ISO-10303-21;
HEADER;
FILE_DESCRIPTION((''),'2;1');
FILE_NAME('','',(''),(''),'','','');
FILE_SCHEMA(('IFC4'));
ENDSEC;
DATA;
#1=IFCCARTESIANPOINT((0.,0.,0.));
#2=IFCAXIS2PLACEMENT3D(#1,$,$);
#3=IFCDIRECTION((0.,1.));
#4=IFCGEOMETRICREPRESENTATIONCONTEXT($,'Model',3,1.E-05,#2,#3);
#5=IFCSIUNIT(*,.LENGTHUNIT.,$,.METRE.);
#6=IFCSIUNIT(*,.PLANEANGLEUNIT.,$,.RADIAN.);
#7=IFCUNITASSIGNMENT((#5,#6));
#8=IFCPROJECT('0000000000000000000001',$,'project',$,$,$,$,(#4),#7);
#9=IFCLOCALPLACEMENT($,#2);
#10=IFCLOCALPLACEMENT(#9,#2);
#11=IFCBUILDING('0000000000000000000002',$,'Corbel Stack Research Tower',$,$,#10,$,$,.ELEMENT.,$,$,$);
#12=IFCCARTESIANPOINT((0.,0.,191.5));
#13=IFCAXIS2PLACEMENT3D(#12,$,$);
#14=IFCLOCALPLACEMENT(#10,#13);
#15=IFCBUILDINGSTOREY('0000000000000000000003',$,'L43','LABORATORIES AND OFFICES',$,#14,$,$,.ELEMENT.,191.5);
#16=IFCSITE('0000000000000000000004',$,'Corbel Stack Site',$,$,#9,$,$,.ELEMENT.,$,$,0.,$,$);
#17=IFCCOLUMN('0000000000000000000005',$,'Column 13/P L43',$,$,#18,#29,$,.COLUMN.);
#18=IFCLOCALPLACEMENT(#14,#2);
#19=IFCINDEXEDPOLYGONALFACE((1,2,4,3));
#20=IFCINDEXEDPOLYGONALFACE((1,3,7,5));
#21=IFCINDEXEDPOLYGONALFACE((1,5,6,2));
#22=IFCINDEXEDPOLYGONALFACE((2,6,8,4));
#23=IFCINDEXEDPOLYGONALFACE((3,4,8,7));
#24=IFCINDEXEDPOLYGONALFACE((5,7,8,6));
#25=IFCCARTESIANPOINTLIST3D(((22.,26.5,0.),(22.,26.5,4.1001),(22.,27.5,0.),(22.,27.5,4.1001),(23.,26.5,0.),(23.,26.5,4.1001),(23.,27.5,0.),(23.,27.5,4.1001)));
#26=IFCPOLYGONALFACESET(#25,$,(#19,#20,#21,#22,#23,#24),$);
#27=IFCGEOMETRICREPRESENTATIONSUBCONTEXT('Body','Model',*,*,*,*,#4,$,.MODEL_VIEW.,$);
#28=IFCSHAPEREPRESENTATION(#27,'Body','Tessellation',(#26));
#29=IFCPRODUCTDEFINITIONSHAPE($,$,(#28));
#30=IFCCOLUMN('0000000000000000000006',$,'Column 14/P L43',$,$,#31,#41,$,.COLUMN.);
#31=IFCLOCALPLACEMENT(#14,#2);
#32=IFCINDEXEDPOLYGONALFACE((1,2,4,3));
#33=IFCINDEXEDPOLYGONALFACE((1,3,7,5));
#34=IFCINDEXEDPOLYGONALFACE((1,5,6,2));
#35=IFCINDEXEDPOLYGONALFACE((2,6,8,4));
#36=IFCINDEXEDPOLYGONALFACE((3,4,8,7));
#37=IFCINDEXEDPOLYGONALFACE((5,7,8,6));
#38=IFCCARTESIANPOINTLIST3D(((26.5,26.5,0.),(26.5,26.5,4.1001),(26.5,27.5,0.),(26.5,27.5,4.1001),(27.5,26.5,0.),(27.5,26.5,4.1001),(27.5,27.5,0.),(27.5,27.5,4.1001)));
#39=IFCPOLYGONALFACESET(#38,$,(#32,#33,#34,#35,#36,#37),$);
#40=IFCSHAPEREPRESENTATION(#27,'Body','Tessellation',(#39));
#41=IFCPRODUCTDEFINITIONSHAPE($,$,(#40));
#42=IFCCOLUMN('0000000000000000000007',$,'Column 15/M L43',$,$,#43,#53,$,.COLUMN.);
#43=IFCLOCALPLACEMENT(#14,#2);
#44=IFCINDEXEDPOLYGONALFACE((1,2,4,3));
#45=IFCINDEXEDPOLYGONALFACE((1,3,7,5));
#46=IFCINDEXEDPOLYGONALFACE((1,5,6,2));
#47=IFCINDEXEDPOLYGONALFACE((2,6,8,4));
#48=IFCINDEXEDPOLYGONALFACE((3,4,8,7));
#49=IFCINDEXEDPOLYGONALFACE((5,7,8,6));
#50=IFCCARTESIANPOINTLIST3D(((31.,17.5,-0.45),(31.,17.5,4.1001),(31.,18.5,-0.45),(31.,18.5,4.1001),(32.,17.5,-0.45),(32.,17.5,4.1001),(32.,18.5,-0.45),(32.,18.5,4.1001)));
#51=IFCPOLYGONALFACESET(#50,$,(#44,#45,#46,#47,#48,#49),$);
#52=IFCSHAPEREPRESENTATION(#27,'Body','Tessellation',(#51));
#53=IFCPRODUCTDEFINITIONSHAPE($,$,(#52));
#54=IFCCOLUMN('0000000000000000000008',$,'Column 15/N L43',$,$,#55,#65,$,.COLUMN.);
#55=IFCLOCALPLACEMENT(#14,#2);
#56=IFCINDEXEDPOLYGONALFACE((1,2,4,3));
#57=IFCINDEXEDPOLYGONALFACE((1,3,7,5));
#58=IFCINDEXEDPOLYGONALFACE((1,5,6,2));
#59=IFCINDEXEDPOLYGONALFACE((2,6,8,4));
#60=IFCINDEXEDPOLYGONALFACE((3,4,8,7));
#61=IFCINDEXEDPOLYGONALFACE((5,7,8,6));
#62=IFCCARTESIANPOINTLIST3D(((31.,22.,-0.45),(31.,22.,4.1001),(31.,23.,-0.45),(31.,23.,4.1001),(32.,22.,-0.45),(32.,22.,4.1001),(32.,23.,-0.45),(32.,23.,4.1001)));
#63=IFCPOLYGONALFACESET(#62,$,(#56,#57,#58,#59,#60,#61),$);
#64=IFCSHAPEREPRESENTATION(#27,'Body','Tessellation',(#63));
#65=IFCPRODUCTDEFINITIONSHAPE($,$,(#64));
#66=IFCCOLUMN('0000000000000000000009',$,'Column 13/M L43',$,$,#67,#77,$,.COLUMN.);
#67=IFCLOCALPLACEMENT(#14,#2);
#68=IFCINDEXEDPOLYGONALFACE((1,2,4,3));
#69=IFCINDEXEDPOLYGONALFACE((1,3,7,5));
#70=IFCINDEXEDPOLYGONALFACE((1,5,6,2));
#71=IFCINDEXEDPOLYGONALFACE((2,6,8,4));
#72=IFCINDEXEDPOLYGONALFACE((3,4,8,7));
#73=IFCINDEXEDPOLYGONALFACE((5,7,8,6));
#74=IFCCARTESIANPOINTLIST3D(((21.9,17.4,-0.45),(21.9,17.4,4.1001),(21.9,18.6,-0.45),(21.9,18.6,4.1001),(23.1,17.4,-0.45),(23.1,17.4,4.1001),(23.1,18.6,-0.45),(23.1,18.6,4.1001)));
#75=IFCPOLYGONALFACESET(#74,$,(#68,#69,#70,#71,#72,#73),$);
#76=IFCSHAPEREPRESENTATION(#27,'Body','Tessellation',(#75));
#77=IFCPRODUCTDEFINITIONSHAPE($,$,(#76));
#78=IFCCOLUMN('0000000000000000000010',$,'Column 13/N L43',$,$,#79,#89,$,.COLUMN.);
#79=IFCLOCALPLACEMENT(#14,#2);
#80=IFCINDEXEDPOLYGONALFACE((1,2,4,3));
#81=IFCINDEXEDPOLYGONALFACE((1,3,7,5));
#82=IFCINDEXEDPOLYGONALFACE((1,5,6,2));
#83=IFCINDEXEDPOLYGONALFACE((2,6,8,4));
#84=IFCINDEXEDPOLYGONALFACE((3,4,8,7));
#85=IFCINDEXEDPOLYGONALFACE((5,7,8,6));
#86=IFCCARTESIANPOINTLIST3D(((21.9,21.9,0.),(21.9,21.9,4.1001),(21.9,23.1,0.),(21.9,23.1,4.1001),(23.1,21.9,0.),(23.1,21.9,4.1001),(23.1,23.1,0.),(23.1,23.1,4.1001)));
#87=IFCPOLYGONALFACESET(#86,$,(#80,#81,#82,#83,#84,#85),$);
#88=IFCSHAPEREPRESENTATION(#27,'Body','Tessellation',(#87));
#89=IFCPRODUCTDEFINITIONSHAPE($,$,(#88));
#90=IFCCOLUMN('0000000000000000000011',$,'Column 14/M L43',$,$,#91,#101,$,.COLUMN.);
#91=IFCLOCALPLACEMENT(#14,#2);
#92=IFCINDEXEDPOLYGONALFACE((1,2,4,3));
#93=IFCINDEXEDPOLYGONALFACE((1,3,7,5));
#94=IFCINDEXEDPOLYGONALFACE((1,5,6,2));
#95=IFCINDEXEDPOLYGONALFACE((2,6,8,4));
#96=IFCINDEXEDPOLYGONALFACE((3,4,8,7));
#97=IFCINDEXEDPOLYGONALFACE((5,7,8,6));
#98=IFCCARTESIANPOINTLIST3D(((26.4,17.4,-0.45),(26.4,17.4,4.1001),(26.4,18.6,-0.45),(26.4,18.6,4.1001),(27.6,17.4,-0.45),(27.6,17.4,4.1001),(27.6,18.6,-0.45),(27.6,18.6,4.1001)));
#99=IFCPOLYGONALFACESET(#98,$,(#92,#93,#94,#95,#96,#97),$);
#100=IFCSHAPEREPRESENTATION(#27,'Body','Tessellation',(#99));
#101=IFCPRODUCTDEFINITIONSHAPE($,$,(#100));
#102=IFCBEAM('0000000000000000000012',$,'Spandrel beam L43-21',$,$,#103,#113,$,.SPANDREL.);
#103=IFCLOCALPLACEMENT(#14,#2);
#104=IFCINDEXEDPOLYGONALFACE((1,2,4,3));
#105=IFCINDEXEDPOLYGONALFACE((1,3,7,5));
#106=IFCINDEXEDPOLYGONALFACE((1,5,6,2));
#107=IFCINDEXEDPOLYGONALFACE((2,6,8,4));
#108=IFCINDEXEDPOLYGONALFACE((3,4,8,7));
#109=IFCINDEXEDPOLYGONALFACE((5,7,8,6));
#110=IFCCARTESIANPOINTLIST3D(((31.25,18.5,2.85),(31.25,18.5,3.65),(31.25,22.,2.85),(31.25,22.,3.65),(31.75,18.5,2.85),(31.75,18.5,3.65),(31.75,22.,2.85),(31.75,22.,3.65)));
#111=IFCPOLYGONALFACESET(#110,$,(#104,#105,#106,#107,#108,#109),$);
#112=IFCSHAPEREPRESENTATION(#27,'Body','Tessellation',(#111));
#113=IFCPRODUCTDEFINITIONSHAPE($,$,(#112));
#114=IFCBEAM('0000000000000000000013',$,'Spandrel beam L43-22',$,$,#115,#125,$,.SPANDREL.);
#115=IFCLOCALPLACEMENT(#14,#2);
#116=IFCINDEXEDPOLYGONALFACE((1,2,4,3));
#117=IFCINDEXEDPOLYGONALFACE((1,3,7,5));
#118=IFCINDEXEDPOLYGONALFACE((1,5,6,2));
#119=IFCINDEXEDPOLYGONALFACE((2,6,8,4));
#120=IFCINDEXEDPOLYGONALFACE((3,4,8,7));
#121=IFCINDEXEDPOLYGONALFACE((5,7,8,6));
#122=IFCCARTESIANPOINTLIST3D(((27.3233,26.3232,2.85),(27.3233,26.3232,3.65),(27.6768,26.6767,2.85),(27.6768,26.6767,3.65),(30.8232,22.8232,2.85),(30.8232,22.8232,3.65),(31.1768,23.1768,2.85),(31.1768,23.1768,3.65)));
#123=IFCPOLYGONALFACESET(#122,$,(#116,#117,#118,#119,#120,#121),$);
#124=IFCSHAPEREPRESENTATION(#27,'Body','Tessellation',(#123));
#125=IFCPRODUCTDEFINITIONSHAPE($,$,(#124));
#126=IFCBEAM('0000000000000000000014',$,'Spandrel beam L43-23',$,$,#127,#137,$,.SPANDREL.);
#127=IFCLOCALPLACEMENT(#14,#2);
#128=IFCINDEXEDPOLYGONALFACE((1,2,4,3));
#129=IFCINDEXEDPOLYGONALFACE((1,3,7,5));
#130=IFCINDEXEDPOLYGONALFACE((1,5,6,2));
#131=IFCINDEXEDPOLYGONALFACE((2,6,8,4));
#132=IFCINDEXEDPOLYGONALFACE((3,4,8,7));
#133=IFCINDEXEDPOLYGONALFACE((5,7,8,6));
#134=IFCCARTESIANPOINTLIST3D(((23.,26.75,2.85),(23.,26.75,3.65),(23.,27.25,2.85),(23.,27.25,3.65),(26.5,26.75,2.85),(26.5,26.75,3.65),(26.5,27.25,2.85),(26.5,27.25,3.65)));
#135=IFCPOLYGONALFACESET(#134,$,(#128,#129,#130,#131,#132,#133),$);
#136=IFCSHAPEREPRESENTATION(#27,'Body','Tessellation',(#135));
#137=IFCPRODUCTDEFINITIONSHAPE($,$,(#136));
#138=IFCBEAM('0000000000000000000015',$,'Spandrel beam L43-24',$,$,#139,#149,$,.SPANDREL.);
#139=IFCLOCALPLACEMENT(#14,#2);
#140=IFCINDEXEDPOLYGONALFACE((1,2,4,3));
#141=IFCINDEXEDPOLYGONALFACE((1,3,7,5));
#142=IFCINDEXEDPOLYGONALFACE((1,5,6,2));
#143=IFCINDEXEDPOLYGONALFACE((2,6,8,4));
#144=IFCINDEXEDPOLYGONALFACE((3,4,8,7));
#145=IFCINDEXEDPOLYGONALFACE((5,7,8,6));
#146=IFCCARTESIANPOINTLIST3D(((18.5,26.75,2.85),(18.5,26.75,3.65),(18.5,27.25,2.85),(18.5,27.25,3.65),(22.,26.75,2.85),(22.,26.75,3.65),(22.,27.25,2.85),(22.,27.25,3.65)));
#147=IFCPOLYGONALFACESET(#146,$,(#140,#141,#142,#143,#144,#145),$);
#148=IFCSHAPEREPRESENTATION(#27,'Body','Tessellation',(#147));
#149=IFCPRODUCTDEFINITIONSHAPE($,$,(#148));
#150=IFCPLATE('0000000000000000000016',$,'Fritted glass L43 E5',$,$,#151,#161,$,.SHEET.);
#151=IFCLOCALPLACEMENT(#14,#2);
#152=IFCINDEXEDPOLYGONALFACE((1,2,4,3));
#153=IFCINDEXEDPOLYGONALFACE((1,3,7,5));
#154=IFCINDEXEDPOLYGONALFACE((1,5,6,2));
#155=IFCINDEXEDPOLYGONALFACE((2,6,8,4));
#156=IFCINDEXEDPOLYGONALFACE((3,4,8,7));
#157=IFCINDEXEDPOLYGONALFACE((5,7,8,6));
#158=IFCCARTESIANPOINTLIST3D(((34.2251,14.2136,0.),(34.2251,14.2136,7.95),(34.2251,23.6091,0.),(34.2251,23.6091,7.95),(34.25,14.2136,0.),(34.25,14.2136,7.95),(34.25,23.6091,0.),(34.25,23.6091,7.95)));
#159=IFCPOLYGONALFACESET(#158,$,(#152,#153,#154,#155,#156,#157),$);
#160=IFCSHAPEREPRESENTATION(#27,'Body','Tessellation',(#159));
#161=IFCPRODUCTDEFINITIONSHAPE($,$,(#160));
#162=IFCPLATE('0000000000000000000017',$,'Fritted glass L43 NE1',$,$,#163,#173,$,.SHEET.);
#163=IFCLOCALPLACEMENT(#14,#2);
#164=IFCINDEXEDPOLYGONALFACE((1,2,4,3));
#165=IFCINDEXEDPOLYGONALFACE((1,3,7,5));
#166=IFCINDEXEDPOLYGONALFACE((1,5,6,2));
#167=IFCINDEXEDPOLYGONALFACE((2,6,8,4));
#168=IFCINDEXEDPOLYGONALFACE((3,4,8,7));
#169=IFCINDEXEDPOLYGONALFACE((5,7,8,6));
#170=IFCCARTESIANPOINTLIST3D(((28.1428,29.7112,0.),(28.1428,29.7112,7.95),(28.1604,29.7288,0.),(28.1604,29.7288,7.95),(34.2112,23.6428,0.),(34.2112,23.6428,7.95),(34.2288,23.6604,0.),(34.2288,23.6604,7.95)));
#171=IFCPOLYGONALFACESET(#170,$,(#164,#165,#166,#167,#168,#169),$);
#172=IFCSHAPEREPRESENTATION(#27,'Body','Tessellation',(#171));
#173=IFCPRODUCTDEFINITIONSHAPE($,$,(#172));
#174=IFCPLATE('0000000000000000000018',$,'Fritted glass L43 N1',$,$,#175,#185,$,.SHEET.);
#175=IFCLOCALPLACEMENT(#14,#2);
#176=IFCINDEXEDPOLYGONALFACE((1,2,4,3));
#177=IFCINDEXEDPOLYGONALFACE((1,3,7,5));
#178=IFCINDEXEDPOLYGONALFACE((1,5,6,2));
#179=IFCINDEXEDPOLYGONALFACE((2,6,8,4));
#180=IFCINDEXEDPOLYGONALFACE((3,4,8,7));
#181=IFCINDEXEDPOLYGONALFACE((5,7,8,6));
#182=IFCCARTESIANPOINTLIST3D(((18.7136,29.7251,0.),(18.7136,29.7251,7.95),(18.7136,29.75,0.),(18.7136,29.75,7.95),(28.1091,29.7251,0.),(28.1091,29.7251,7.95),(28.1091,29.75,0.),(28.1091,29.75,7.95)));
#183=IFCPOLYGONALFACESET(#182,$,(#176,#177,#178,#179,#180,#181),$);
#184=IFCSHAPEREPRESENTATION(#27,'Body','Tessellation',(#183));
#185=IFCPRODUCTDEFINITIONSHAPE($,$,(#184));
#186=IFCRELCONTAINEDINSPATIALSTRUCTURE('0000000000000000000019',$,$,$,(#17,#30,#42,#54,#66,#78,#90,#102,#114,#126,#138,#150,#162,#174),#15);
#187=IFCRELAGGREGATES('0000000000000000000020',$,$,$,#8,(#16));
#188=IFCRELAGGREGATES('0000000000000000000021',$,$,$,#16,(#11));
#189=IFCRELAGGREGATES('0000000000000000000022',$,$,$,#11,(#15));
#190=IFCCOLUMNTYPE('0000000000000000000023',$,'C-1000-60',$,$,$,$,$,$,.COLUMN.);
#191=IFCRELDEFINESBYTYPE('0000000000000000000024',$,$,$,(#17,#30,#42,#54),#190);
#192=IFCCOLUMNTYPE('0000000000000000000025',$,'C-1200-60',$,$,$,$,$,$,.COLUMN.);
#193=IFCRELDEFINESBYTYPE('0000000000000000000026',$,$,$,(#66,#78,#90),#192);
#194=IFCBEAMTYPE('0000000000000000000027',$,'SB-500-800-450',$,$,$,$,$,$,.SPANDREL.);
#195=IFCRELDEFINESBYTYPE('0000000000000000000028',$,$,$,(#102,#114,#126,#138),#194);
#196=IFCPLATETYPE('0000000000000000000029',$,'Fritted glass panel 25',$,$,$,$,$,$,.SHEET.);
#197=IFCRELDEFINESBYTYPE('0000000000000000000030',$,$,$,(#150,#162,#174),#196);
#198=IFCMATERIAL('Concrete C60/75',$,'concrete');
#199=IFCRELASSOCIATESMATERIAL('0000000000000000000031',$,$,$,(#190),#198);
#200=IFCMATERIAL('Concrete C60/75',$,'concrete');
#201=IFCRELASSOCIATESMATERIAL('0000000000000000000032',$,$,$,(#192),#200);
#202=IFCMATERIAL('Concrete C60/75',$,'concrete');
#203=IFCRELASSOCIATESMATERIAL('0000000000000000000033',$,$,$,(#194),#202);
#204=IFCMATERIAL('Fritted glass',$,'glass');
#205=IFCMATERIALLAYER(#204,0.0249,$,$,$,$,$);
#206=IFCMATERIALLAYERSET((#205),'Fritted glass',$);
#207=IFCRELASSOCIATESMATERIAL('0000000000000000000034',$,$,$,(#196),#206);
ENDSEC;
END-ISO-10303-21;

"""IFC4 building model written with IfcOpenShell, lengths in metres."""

from ifc_helpers import new_model, si_unit, direction, frame, origin, origin_2d, place, context, subcontext, project, spatial, rectangle, extrude, material, layer, layer_set, material_profile, profile_set, type_object, element, save


model = new_model("IFC4")

# Units and contexts
model_context = context("Model", 3, precision=1e-05, world=origin(), true_north=direction((0.0, 1.0)))
body_context = subcontext(model_context, "Body", "Model", "MODEL_VIEW")
ifc_project = project(units=[si_unit("LENGTHUNIT", "METRE"), si_unit("PLANEANGLEUNIT", "RADIAN")], contexts=[model_context])

# Site, building, storey
site_placement = place(None, origin())
site = spatial("IfcSite", under=ifc_project, at=site_placement, Name="Corbel Stack Site", CompositionType="ELEMENT", RefElevation=0.0)
building_placement = place(site_placement, origin())
building = spatial("IfcBuilding", under=site, at=building_placement, Name="Corbel Stack Research Tower", CompositionType="ELEMENT")
storey_placement = place(building_placement, frame((0.0, 0.0, 191.5)))
storey = spatial("IfcBuildingStorey", under=building, at=storey_placement, Name="L43", Description="LABORATORIES AND OFFICES", CompositionType="ELEMENT", Elevation=191.5)

# Columns
ifc_material_1 = material(Name="Concrete C60/75", Category="concrete")
ifc_material_profile_1 = material_profile(ifc_material_1, rectangle(XDim=1.0, YDim=1.0, at=origin_2d()), Name="RC 1000 x 1000")
ifc_profile_set_1 = profile_set([ifc_material_profile_1], Name="Concrete C60/75")
column_type_1 = type_object("IfcColumnType", Name="C-1000-60", PredefinedType="COLUMN", material=ifc_profile_set_1)
for number, where, z_axis, x_axis, name in (
    (1, (22.5, 27.0, 0.0), (0.0, 0.0, 1.0), (1.0, 0.0, 0.0), "Column 13/P L43"),
    (2, (27.0, 27.0, 0.0), (0.0, 0.0, 1.0), (1.0, 0.0, 0.0), "Column 14/P L43"),
):
    element("IfcColumn", number, at=place(storey_placement, frame(where, z_axis=z_axis, x_axis=x_axis)), inside=storey, type_object=column_type_1, Name=name, PredefinedType="COLUMN", context=body_context, shape_type="SweptSolid", body=[
        extrude(rectangle(XDim=1.0, YDim=1.0, at=origin_2d()), origin(), (0.0, 0.0, 1.0), 4.1001),
    ])
for number, where, z_axis, x_axis, name in (
    (3, (31.5, 18.0, -0.45), (0.0, 0.0, 1.0), (1.0, 0.0, 0.0), "Column 15/M L43"),
    (4, (31.5, 22.5, -0.45), (0.0, 0.0, 1.0), (1.0, 0.0, 0.0), "Column 15/N L43"),
):
    element("IfcColumn", number, at=place(storey_placement, frame(where, z_axis=z_axis, x_axis=x_axis)), inside=storey, type_object=column_type_1, Name=name, PredefinedType="COLUMN", context=body_context, shape_type="SweptSolid", body=[
        extrude(rectangle(XDim=1.0, YDim=1.0, at=origin_2d()), origin(), (0.0, 0.0, 1.0), 4.55),
    ])
ifc_material_2 = material(Name="Concrete C60/75", Category="concrete")
ifc_material_profile_2 = material_profile(ifc_material_2, rectangle(XDim=1.2, YDim=1.2, at=origin_2d()), Name="RC 1200 x 1200")
ifc_profile_set_2 = profile_set([ifc_material_profile_2], Name="Concrete C60/75")
column_type_2 = type_object("IfcColumnType", Name="C-1200-60", PredefinedType="COLUMN", material=ifc_profile_set_2)
column_1_placement = place(storey_placement, frame((22.5, 18.0, -0.45), z_axis=(0.0, 0.0, 1.0), x_axis=(1.0, 0.0, 0.0)))
element("IfcColumn", 5, at=column_1_placement, inside=storey, type_object=column_type_2, Name="Column 13/M L43", PredefinedType="COLUMN", context=body_context, shape_type="SweptSolid", body=[
    extrude(rectangle(XDim=1.2, YDim=1.2, at=origin_2d()), origin(), (0.0, 0.0, 1.0), 4.55),
])
column_2_placement = place(storey_placement, frame((22.5, 22.5, 0.0), z_axis=(0.0, 0.0, 1.0), x_axis=(1.0, 0.0, 0.0)))
element("IfcColumn", 6, at=column_2_placement, inside=storey, type_object=column_type_2, Name="Column 13/N L43", PredefinedType="COLUMN", context=body_context, shape_type="SweptSolid", body=[
    extrude(rectangle(XDim=1.2, YDim=1.2, at=origin_2d()), origin(), (0.0, 0.0, 1.0), 4.1001),
])
column_3_placement = place(storey_placement, frame((27.0, 18.0, -0.45), z_axis=(0.0, 0.0, 1.0), x_axis=(1.0, 0.0, 0.0)))
element("IfcColumn", 7, at=column_3_placement, inside=storey, type_object=column_type_2, Name="Column 14/M L43", PredefinedType="COLUMN", context=body_context, shape_type="SweptSolid", body=[
    extrude(rectangle(XDim=1.2, YDim=1.2, at=origin_2d()), origin(), (0.0, 0.0, 1.0), 4.55),
])

# Beams
ifc_material_3 = material(Name="Concrete C60/75", Category="concrete")
ifc_material_profile_3 = material_profile(ifc_material_3, rectangle(XDim=0.5, YDim=0.8, at=origin_2d()), Name="RC 500 x 800")
ifc_profile_set_3 = profile_set([ifc_material_profile_3], Name="Concrete C60/75")
beam_type = type_object("IfcBeamType", Name="SB-500-800-450", PredefinedType="SPANDREL", material=ifc_profile_set_3)
beam_1_placement = place(storey_placement, frame((31.5, 18.5, 3.25), z_axis=(0.0, 1.0, 0.0), x_axis=(-1.0, 0.0, 0.0)))
element("IfcBeam", 8, at=beam_1_placement, inside=storey, type_object=beam_type, Name="Spandrel beam L43-21", PredefinedType="SPANDREL", context=body_context, shape_type="SweptSolid", body=[
    extrude(rectangle(XDim=0.5, YDim=0.8, at=origin_2d()), origin(), (0.0, 0.0, 1.0), 3.5),
])
beam_2_placement = place(storey_placement, frame((31.0, 23.0, 3.25), z_axis=(-0.707107, 0.707107, 0.0), x_axis=(-0.707107, -0.707107, 0.0)))
element("IfcBeam", 9, at=beam_2_placement, inside=storey, type_object=beam_type, Name="Spandrel beam L43-22", PredefinedType="SPANDREL", context=body_context, shape_type="SweptSolid", body=[
    extrude(rectangle(XDim=0.5, YDim=0.8, at=origin_2d()), origin(), (0.0, 0.0, 1.0), 4.9497),
])
for number, where, z_axis, x_axis, name in (
    (10, (26.5, 27.0, 3.25), (-1.0, 0.0, 0.0), (0.0, -1.0, 0.0), "Spandrel beam L43-23"),
    (11, (22.0, 27.0, 3.25), (-1.0, 0.0, 0.0), (0.0, -1.0, 0.0), "Spandrel beam L43-24"),
):
    element("IfcBeam", number, at=place(storey_placement, frame(where, z_axis=z_axis, x_axis=x_axis)), inside=storey, type_object=beam_type, Name=name, PredefinedType="SPANDREL", context=body_context, shape_type="SweptSolid", body=[
        extrude(rectangle(XDim=0.5, YDim=0.8, at=origin_2d()), origin(), (0.0, 0.0, 1.0), 3.5),
    ])

# Plates
ifc_material_4 = material(Name="Fritted glass", Category="glass")
ifc_layer_1 = layer(ifc_material_4, 0.0249)
ifc_layer_set_1 = layer_set([ifc_layer_1], Name="Fritted glass")
plate_type = type_object("IfcPlateType", Name="Fritted glass panel 25", PredefinedType="SHEET", material=ifc_layer_set_1)
plate_1_placement = place(storey_placement, frame((34.2375, 18.9114, 0.0), z_axis=(0.0, 0.0, 1.0), x_axis=(0.0, 1.0, 0.0)))
element("IfcPlate", 12, at=plate_1_placement, inside=storey, type_object=plate_type, Name="Fritted glass L43 E5", PredefinedType="SHEET", context=body_context, shape_type="SweptSolid", body=[
    extrude(rectangle(XDim=9.3955, YDim=0.0249, at=origin_2d()), origin(), (0.0, 0.0, 1.0), 7.95),
])
plate_2_placement = place(storey_placement, frame((31.1858, 26.6858, 0.0), z_axis=(0.0, 0.0, 1.0), x_axis=(-0.707107, 0.707107, 0.0)))
element("IfcPlate", 13, at=plate_2_placement, inside=storey, type_object=plate_type, Name="Fritted glass L43 NE1", PredefinedType="SHEET", context=body_context, shape_type="SweptSolid", body=[
    extrude(rectangle(XDim=8.582, YDim=0.0249, at=origin_2d()), origin(), (0.0, 0.0, 1.0), 7.95),
])
plate_3_placement = place(storey_placement, frame((23.4114, 29.7375, 0.0), z_axis=(0.0, 0.0, 1.0), x_axis=(-1.0, 0.0, 0.0)))
element("IfcPlate", 14, at=plate_3_placement, inside=storey, type_object=plate_type, Name="Fritted glass L43 N1", PredefinedType="SHEET", context=body_context, shape_type="SweptSolid", body=[
    extrude(rectangle(XDim=9.3955, YDim=0.0249, at=origin_2d()), origin(), (0.0, 0.0, 1.0), 7.95),
])

save(model, "model.ifc")
